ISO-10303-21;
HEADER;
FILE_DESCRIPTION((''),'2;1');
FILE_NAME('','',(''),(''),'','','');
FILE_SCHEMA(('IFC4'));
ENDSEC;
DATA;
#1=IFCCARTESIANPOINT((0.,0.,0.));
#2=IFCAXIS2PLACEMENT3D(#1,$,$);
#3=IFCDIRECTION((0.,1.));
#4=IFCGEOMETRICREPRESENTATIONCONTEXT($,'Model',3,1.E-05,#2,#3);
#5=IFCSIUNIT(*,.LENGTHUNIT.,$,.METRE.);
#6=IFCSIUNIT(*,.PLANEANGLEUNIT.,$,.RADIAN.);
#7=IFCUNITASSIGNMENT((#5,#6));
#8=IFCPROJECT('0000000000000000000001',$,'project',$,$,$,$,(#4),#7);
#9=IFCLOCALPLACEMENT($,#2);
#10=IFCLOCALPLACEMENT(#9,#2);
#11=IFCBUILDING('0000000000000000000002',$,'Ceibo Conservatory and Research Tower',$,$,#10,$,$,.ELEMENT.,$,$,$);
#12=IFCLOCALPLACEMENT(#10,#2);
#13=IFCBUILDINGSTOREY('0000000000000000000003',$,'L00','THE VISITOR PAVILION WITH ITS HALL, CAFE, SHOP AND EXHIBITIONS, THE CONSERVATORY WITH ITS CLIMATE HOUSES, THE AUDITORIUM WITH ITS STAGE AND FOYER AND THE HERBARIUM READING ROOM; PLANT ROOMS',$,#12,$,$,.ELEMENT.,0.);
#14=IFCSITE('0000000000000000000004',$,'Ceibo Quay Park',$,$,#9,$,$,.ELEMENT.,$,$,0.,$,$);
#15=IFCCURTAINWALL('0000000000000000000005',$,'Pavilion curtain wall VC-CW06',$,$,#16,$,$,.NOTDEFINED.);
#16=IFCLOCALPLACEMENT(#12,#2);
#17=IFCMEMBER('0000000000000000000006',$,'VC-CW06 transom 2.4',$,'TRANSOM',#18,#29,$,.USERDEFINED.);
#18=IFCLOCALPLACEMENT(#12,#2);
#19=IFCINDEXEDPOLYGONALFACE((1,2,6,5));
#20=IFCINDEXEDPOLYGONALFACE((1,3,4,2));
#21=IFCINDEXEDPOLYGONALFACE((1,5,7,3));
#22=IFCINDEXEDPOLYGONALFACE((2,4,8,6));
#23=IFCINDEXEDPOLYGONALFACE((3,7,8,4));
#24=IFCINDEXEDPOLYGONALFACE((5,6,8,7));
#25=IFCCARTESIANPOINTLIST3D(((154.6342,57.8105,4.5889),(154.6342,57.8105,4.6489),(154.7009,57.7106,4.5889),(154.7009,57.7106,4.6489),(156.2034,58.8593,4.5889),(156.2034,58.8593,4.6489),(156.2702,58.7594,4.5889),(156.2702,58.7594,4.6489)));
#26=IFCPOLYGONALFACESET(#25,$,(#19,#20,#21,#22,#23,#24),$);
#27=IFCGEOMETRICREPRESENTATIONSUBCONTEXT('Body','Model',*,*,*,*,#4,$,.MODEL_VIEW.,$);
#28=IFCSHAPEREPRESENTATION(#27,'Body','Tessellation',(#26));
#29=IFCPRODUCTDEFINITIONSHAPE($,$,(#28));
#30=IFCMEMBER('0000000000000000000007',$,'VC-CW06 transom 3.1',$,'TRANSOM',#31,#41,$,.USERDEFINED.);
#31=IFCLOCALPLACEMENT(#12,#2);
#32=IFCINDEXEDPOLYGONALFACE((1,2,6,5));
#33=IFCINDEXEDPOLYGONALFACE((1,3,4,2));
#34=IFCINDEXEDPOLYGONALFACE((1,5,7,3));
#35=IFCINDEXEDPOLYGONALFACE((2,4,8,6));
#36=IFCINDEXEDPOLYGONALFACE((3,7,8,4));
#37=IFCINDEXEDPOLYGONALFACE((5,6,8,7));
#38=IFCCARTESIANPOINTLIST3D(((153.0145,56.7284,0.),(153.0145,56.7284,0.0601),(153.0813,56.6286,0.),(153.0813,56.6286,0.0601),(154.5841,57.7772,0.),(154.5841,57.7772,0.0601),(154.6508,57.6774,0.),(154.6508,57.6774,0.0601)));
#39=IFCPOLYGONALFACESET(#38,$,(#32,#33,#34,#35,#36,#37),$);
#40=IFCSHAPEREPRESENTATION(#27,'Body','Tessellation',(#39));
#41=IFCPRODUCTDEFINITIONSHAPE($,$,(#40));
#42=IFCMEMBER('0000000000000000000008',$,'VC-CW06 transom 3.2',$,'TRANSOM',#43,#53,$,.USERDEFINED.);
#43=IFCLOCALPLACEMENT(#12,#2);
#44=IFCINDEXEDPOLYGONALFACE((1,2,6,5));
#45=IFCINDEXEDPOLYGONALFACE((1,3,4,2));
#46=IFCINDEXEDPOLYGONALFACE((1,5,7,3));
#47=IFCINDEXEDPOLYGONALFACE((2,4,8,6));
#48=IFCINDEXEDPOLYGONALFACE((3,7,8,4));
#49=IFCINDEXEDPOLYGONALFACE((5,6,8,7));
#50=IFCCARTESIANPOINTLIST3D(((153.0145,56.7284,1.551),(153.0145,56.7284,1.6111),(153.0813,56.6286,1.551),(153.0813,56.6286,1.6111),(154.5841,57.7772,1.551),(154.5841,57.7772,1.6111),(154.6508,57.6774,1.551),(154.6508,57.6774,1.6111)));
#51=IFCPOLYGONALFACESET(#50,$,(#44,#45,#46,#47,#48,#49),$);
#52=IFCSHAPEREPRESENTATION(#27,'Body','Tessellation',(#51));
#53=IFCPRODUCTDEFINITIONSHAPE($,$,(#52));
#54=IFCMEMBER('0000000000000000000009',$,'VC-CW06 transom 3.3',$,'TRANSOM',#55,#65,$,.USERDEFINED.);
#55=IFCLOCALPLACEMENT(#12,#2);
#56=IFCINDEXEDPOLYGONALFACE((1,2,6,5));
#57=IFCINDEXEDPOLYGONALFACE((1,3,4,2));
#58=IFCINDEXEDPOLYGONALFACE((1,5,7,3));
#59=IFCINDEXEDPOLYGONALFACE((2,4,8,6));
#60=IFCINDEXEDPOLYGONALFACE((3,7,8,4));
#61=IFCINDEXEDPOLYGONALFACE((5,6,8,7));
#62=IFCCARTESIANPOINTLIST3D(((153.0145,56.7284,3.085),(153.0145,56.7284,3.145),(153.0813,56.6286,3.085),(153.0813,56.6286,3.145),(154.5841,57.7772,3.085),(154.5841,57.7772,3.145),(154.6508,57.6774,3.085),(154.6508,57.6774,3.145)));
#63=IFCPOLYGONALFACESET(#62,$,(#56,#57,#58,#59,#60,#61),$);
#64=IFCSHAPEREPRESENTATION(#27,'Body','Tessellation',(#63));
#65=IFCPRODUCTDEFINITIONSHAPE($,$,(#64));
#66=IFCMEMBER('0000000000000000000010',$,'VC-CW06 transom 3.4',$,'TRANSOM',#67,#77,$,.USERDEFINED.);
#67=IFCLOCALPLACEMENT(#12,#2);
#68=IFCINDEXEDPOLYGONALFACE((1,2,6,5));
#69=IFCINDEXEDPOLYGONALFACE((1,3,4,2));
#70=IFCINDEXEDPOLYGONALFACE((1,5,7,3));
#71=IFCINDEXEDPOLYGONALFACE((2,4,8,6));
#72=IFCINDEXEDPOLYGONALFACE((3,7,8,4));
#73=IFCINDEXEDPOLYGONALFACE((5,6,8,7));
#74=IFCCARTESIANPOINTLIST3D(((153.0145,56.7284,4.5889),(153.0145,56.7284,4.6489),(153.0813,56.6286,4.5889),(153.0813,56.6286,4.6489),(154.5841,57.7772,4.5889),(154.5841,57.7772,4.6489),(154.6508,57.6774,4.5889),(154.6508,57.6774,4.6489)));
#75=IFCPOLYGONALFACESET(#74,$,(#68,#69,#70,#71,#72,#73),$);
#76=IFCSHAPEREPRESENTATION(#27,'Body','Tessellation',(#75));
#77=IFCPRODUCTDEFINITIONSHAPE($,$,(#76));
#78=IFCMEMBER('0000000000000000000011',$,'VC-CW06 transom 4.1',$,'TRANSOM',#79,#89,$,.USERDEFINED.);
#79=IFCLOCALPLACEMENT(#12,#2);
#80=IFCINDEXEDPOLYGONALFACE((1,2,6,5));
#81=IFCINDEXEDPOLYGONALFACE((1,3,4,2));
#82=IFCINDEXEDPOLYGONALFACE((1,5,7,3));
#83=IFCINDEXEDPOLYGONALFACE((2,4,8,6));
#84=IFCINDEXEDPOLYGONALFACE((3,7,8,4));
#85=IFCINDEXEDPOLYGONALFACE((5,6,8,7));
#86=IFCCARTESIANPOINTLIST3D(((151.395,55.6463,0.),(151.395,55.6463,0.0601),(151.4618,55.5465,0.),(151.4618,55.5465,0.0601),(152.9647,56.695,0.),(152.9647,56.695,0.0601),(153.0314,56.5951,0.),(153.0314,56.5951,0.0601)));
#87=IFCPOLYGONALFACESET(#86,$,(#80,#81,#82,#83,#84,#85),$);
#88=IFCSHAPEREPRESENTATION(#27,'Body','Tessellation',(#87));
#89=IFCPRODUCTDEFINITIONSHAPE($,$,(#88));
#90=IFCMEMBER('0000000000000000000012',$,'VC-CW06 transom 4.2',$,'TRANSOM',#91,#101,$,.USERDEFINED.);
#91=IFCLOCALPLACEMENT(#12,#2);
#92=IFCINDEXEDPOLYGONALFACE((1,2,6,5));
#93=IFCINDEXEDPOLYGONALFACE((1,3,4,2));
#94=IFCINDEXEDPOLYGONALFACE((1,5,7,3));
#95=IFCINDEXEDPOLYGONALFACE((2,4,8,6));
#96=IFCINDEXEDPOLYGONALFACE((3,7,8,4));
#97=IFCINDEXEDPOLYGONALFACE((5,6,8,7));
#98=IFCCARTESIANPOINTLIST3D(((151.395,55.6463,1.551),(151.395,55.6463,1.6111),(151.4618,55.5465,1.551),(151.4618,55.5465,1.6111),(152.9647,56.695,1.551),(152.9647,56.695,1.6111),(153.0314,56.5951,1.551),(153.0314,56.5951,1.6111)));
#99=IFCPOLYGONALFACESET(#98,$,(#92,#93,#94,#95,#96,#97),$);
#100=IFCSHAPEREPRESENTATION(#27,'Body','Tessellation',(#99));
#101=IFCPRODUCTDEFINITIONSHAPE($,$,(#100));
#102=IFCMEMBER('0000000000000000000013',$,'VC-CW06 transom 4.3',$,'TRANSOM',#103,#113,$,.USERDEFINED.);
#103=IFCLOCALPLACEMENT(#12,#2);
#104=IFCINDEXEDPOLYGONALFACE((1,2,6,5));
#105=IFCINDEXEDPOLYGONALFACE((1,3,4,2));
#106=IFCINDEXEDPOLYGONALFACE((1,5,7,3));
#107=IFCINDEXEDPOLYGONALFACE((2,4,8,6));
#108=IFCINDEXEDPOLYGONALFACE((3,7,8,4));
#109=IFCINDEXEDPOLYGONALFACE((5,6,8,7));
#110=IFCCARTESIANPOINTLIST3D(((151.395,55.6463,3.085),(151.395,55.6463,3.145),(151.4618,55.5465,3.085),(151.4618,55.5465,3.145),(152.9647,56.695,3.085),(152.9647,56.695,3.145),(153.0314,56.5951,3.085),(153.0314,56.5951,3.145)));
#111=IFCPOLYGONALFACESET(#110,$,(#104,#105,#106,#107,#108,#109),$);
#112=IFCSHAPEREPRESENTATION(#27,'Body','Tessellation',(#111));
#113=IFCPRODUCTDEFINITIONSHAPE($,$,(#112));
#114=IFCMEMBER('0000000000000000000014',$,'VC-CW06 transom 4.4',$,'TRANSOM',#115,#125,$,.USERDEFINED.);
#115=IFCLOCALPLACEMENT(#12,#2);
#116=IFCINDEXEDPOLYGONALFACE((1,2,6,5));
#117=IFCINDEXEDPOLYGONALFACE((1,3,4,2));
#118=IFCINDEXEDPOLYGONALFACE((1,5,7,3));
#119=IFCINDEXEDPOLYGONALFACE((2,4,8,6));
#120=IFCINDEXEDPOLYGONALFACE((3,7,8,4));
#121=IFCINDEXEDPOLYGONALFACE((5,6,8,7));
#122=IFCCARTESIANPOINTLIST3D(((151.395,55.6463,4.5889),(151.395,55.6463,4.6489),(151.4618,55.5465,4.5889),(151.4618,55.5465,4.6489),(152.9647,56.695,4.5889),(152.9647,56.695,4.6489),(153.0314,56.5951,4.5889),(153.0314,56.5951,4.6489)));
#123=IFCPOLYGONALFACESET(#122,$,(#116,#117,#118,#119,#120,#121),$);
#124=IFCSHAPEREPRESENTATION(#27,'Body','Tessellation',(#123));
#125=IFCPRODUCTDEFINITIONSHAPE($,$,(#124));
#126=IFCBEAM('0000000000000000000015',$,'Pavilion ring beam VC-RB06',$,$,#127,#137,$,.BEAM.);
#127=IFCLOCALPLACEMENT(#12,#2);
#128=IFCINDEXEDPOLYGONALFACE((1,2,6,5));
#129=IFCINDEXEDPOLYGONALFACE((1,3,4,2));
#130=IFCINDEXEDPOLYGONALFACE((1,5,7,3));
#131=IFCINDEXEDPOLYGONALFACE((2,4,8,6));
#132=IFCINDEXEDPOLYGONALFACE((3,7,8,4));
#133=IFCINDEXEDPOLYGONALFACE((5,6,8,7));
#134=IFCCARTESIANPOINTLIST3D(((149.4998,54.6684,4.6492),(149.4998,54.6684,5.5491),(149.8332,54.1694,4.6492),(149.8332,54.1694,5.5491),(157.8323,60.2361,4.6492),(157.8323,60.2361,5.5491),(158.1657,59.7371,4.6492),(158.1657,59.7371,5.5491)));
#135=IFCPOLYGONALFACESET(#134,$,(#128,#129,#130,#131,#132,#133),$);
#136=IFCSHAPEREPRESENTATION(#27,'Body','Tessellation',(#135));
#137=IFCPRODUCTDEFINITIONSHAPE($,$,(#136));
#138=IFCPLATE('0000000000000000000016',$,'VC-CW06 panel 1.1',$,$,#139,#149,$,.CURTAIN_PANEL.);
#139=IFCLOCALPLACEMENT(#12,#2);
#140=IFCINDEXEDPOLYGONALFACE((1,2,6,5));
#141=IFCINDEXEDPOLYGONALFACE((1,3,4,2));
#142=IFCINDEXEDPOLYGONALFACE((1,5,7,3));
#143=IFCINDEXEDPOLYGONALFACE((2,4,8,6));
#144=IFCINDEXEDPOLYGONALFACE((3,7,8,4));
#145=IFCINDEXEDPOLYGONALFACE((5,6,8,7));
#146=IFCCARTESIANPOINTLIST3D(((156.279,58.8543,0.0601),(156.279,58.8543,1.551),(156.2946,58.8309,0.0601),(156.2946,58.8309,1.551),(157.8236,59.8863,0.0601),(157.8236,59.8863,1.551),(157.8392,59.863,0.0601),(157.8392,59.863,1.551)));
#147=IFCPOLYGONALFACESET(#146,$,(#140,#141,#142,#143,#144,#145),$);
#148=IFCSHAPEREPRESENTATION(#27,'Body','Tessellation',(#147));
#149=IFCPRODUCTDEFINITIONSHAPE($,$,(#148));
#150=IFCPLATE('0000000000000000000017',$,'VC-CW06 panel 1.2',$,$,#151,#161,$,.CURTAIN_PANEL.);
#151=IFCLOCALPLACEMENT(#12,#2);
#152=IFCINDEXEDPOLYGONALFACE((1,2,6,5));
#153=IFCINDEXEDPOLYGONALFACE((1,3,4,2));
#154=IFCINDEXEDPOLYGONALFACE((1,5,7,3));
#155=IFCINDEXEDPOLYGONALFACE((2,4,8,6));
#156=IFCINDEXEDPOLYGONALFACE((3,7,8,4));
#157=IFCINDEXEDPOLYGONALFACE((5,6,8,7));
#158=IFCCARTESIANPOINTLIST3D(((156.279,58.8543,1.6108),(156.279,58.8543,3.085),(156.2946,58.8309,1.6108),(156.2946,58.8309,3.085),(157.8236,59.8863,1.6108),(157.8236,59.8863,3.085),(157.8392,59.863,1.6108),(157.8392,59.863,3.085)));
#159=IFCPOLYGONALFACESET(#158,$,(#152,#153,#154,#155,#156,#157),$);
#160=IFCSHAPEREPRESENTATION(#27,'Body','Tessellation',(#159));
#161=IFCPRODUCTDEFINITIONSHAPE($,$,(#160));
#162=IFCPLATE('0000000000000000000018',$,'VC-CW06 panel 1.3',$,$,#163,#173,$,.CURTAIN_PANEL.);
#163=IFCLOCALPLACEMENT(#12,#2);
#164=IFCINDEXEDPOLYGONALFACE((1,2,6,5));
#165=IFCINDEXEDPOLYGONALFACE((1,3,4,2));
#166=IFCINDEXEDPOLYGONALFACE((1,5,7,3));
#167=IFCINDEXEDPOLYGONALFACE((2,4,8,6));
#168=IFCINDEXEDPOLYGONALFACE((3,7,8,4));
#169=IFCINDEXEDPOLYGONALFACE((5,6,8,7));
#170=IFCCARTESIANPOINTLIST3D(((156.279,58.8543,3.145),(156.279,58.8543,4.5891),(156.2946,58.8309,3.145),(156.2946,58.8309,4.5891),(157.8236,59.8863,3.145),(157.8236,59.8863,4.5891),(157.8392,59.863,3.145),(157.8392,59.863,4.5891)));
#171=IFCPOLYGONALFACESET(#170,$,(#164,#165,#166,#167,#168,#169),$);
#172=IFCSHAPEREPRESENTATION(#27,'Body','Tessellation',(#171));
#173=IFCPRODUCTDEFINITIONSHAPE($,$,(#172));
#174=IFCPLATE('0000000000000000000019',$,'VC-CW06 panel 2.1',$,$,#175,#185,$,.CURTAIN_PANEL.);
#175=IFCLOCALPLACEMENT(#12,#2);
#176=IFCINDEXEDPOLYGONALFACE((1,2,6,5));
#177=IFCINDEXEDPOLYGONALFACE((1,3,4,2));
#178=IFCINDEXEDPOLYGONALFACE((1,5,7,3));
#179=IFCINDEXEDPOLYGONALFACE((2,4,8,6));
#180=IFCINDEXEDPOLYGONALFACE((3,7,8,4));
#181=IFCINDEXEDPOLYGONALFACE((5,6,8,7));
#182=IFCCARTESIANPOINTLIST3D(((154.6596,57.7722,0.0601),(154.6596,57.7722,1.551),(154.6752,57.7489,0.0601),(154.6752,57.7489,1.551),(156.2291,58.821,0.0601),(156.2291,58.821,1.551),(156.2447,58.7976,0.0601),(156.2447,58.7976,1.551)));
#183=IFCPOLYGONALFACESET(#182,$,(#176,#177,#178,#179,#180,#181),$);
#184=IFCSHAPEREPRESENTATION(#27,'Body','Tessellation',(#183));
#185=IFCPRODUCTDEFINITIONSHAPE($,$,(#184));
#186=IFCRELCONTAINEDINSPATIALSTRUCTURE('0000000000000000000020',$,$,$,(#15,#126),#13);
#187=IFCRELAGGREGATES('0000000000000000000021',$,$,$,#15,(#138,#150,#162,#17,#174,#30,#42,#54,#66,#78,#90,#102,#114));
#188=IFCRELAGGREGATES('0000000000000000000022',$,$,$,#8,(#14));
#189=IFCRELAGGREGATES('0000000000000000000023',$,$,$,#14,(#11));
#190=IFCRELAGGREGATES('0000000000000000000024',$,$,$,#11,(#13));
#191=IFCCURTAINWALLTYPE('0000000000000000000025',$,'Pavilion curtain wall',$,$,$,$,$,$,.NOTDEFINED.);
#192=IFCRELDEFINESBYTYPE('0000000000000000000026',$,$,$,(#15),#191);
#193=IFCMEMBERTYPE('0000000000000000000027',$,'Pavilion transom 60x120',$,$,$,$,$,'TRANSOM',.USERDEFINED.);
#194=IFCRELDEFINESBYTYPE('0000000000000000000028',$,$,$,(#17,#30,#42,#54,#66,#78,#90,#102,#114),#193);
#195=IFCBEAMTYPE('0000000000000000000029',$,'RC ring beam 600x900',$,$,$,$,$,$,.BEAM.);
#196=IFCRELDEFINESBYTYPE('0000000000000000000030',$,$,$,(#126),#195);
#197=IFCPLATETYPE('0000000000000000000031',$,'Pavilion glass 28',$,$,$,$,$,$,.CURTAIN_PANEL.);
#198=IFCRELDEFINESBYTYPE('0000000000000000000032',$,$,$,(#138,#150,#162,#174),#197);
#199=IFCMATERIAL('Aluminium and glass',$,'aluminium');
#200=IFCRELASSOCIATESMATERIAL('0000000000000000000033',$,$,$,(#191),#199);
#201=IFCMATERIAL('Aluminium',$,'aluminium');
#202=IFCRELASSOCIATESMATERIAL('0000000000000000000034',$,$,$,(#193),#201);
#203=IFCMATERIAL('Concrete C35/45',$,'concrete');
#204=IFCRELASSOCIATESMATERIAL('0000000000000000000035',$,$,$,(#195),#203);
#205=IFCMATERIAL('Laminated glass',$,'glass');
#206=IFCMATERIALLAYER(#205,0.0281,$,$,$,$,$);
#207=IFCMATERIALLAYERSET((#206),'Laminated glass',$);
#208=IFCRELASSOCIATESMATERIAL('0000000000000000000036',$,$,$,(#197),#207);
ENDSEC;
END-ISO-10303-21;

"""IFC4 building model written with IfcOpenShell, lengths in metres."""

from ifc_helpers import new_model, si_unit, direction, frame, origin, origin_2d, place, context, subcontext, project, spatial, rectangle, extrude, material, layer, layer_set, material_profile, profile_set, type_object, element, aggregate, save


model = new_model("IFC4")

# Units and contexts
model_context = context("Model", 3, precision=1e-05, world=origin(), true_north=direction((0.0, 1.0)))
body_context = subcontext(model_context, "Body", "Model", "MODEL_VIEW")
ifc_project = project(units=[si_unit("LENGTHUNIT", "METRE"), si_unit("PLANEANGLEUNIT", "RADIAN")], contexts=[model_context])

# Site, building, storey
site_placement = place(None, origin())
site = spatial("IfcSite", under=ifc_project, at=site_placement, Name="Ceibo Quay Park", CompositionType="ELEMENT", RefElevation=0.0)
building_placement = place(site_placement, origin())
building = spatial("IfcBuilding", under=site, at=building_placement, Name="Ceibo Conservatory and Research Tower", CompositionType="ELEMENT")
storey_placement = place(building_placement, origin())
storey = spatial("IfcBuildingStorey", under=building, at=storey_placement, Name="L00", Description="THE VISITOR PAVILION WITH ITS HALL, CAFE, SHOP AND EXHIBITIONS, THE CONSERVATORY WITH ITS CLIMATE HOUSES, THE AUDITORIUM WITH ITS STAGE AND FOYER AND THE HERBARIUM READING ROOM; PLANT ROOMS", CompositionType="ELEMENT", Elevation=0.0)

# Shared definitions
ifc_material_1 = material(Name="Concrete C35/45", Category="concrete")

# Curtain wall, members
ifc_material_2 = material(Name="Aluminium and glass", Category="aluminium")
curtain_wall_type = type_object("IfcCurtainWallType", Name="Pavilion curtain wall", PredefinedType="NOTDEFINED", material=ifc_material_2)
curtain_wall_placement = place(storey_placement, origin())
curtain_wall = element("IfcCurtainWall", 1, at=curtain_wall_placement, inside=storey, type_object=curtain_wall_type, Name="Pavilion curtain wall VC-CW06", PredefinedType="NOTDEFINED")
ifc_material_3 = material(Name="Aluminium", Category="aluminium")
ifc_material_profile_1 = material_profile(ifc_material_3, rectangle(XDim=0.1201, YDim=0.0601, at=origin_2d()), Name="AL 60x120")
ifc_profile_set_1 = profile_set([ifc_material_profile_1], Name="Aluminium")
member_type_1 = type_object("IfcMemberType", Name="Pavilion transom 60x120", ElementType="TRANSOM", PredefinedType="USERDEFINED", material=ifc_profile_set_1)
member_1_placement = place(storey_placement, frame((156.2368, 58.8093, 4.6189), z_axis=(-0.831413, -0.555655, 0.0), x_axis=(0.555655, -0.831413, 0.0)))
member_1 = element("IfcMember", 2, at=member_1_placement, type_object=member_type_1, Name="VC-CW06 transom 2.4", ObjectType="TRANSOM", PredefinedType="USERDEFINED", context=body_context, shape_type="SweptSolid", body=[
    extrude(rectangle(XDim=0.1201, YDim=0.0601, at=origin_2d()), origin(), (0.0, 0.0, 1.0), 1.8875),
])
member_2_placement = place(storey_placement, frame((154.6174, 57.7273, 0.03), z_axis=(-0.831453, -0.555595, 0.0), x_axis=(0.555595, -0.831453, 0.0)))
member_2 = element("IfcMember", 3, at=member_2_placement, type_object=member_type_1, Name="VC-CW06 transom 3.1", ObjectType="TRANSOM", PredefinedType="USERDEFINED", context=body_context, shape_type="SweptSolid", body=[
    extrude(rectangle(XDim=0.1201, YDim=0.0601, at=origin_2d()), origin(), (0.0, 0.0, 1.0), 1.8877),
])
member_3_placement = place(storey_placement, frame((154.6174, 57.7273, 1.5811), z_axis=(-0.831453, -0.555595, 0.0), x_axis=(0.555595, -0.831453, 0.0)))
member_3 = element("IfcMember", 4, at=member_3_placement, type_object=member_type_1, Name="VC-CW06 transom 3.2", ObjectType="TRANSOM", PredefinedType="USERDEFINED", context=body_context, shape_type="SweptSolid", body=[
    extrude(rectangle(XDim=0.1201, YDim=0.0601, at=origin_2d()), origin(), (0.0, 0.0, 1.0), 1.8877),
])
member_4_placement = place(storey_placement, frame((154.6174, 57.7273, 3.115), z_axis=(-0.831453, -0.555595, 0.0), x_axis=(0.555595, -0.831453, 0.0)))
member_4 = element("IfcMember", 5, at=member_4_placement, type_object=member_type_1, Name="VC-CW06 transom 3.3", ObjectType="TRANSOM", PredefinedType="USERDEFINED", context=body_context, shape_type="SweptSolid", body=[
    extrude(rectangle(XDim=0.1201, YDim=0.0601, at=origin_2d()), origin(), (0.0, 0.0, 1.0), 1.8877),
])
member_5_placement = place(storey_placement, frame((154.6174, 57.7273, 4.6189), z_axis=(-0.831453, -0.555595, 0.0), x_axis=(0.555595, -0.831453, 0.0)))
member_5 = element("IfcMember", 6, at=member_5_placement, type_object=member_type_1, Name="VC-CW06 transom 3.4", ObjectType="TRANSOM", PredefinedType="USERDEFINED", context=body_context, shape_type="SweptSolid", body=[
    extrude(rectangle(XDim=0.1201, YDim=0.0601, at=origin_2d()), origin(), (0.0, 0.0, 1.0), 1.8877),
])
member_6_placement = place(storey_placement, frame((152.998, 56.645, 0.03), z_axis=(-0.831513, -0.555506, 0.0), x_axis=(0.555506, -0.831513, 0.0)))
member_6 = element("IfcMember", 7, at=member_6_placement, type_object=member_type_1, Name="VC-CW06 transom 4.1", ObjectType="TRANSOM", PredefinedType="USERDEFINED", context=body_context, shape_type="SweptSolid", body=[
    extrude(rectangle(XDim=0.1201, YDim=0.0601, at=origin_2d()), origin(), (0.0, 0.0, 1.0), 1.8877),
])
member_7_placement = place(storey_placement, frame((152.998, 56.645, 1.5811), z_axis=(-0.831513, -0.555506, 0.0), x_axis=(0.555506, -0.831513, 0.0)))
member_7 = element("IfcMember", 8, at=member_7_placement, type_object=member_type_1, Name="VC-CW06 transom 4.2", ObjectType="TRANSOM", PredefinedType="USERDEFINED", context=body_context, shape_type="SweptSolid", body=[
    extrude(rectangle(XDim=0.1201, YDim=0.0601, at=origin_2d()), origin(), (0.0, 0.0, 1.0), 1.8877),
])
member_8_placement = place(storey_placement, frame((152.998, 56.645, 3.115), z_axis=(-0.831513, -0.555506, 0.0), x_axis=(0.555506, -0.831513, 0.0)))
member_8 = element("IfcMember", 9, at=member_8_placement, type_object=member_type_1, Name="VC-CW06 transom 4.3", ObjectType="TRANSOM", PredefinedType="USERDEFINED", context=body_context, shape_type="SweptSolid", body=[
    extrude(rectangle(XDim=0.1201, YDim=0.0601, at=origin_2d()), origin(), (0.0, 0.0, 1.0), 1.8877),
])
member_9_placement = place(storey_placement, frame((152.998, 56.645, 4.6189), z_axis=(-0.831513, -0.555506, 0.0), x_axis=(0.555506, -0.831513, 0.0)))
member_9 = element("IfcMember", 10, at=member_9_placement, type_object=member_type_1, Name="VC-CW06 transom 4.4", ObjectType="TRANSOM", PredefinedType="USERDEFINED", context=body_context, shape_type="SweptSolid", body=[
    extrude(rectangle(XDim=0.1201, YDim=0.0601, at=origin_2d()), origin(), (0.0, 0.0, 1.0), 1.8877),
])

# Beam
ifc_material_profile_2 = material_profile(ifc_material_1, rectangle(XDim=0.6001, YDim=0.8999, at=origin_2d()), Name="RC 600x900")
ifc_profile_set_2 = profile_set([ifc_material_profile_2], Name="Concrete C35/45")
beam_type = type_object("IfcBeamType", Name="RC ring beam 600x900", PredefinedType="BEAM", material=ifc_profile_set_2)
beam_placement = place(storey_placement, frame((157.999, 59.9866, 5.0991), z_axis=(-0.831469, -0.555571, 0.0), x_axis=(0.555571, -0.831469, 0.0)))
element("IfcBeam", 11, at=beam_placement, inside=storey, type_object=beam_type, Name="Pavilion ring beam VC-RB06", PredefinedType="BEAM", context=body_context, shape_type="SweptSolid", body=[
    extrude(rectangle(XDim=0.6001, YDim=0.8999, at=origin_2d()), origin(), (0.0, 0.0, 1.0), 10.0215),
])

# Plates
ifc_material_4 = material(Name="Laminated glass", Category="glass")
ifc_layer = layer(ifc_material_4, 0.0281)
ifc_layer_set = layer_set([ifc_layer], Name="Laminated glass")
plate_type = type_object("IfcPlateType", Name="Pavilion glass 28", PredefinedType="CURTAIN_PANEL", material=ifc_layer_set)
plate_1_placement = place(storey_placement, frame((157.0591, 59.3586, 0.0601), z_axis=(0.0, 0.0, 1.0), x_axis=(-0.83147, -0.55557, 0.0)))
plate_1 = element("IfcPlate", 12, at=plate_1_placement, type_object=plate_type, Name="VC-CW06 panel 1.1", PredefinedType="CURTAIN_PANEL", context=body_context, shape_type="SweptSolid", body=[
    extrude(rectangle(XDim=1.8577, YDim=0.0281, at=origin_2d()), origin(), (0.0, 0.0, 1.0), 1.491),
])
plate_2_placement = place(storey_placement, frame((157.0591, 59.3586, 1.6108), z_axis=(0.0, 0.0, 1.0), x_axis=(-0.83147, -0.55557, 0.0)))
plate_2 = element("IfcPlate", 13, at=plate_2_placement, type_object=plate_type, Name="VC-CW06 panel 1.2", PredefinedType="CURTAIN_PANEL", context=body_context, shape_type="SweptSolid", body=[
    extrude(rectangle(XDim=1.8577, YDim=0.0281, at=origin_2d()), origin(), (0.0, 0.0, 1.0), 1.4741),
])
plate_3_placement = place(storey_placement, frame((157.0591, 59.3586, 3.145), z_axis=(0.0, 0.0, 1.0), x_axis=(-0.83147, -0.55557, 0.0)))
plate_3 = element("IfcPlate", 14, at=plate_3_placement, type_object=plate_type, Name="VC-CW06 panel 1.3", PredefinedType="CURTAIN_PANEL", context=body_context, shape_type="SweptSolid", body=[
    extrude(rectangle(XDim=1.8577, YDim=0.0281, at=origin_2d()), origin(), (0.0, 0.0, 1.0), 1.4441),
])
plate_4_placement = place(storey_placement, frame((155.4521, 58.2849, 0.0601), z_axis=(0.0, 0.0, 1.0), x_axis=(-0.83147, -0.55557, 0.0)))
plate_4 = element("IfcPlate", 15, at=plate_4_placement, type_object=plate_type, Name="VC-CW06 panel 2.1", PredefinedType="CURTAIN_PANEL", context=body_context, shape_type="SweptSolid", body=[
    extrude(rectangle(XDim=1.8877, YDim=0.0281, at=origin_2d()), origin(), (0.0, 0.0, 1.0), 1.491),
])
aggregate(curtain_wall, [plate_1, plate_2, plate_3, member_1, plate_4, member_2, member_3, member_4, member_5, member_6, member_7, member_8, member_9])

save(model, "model.ifc")
